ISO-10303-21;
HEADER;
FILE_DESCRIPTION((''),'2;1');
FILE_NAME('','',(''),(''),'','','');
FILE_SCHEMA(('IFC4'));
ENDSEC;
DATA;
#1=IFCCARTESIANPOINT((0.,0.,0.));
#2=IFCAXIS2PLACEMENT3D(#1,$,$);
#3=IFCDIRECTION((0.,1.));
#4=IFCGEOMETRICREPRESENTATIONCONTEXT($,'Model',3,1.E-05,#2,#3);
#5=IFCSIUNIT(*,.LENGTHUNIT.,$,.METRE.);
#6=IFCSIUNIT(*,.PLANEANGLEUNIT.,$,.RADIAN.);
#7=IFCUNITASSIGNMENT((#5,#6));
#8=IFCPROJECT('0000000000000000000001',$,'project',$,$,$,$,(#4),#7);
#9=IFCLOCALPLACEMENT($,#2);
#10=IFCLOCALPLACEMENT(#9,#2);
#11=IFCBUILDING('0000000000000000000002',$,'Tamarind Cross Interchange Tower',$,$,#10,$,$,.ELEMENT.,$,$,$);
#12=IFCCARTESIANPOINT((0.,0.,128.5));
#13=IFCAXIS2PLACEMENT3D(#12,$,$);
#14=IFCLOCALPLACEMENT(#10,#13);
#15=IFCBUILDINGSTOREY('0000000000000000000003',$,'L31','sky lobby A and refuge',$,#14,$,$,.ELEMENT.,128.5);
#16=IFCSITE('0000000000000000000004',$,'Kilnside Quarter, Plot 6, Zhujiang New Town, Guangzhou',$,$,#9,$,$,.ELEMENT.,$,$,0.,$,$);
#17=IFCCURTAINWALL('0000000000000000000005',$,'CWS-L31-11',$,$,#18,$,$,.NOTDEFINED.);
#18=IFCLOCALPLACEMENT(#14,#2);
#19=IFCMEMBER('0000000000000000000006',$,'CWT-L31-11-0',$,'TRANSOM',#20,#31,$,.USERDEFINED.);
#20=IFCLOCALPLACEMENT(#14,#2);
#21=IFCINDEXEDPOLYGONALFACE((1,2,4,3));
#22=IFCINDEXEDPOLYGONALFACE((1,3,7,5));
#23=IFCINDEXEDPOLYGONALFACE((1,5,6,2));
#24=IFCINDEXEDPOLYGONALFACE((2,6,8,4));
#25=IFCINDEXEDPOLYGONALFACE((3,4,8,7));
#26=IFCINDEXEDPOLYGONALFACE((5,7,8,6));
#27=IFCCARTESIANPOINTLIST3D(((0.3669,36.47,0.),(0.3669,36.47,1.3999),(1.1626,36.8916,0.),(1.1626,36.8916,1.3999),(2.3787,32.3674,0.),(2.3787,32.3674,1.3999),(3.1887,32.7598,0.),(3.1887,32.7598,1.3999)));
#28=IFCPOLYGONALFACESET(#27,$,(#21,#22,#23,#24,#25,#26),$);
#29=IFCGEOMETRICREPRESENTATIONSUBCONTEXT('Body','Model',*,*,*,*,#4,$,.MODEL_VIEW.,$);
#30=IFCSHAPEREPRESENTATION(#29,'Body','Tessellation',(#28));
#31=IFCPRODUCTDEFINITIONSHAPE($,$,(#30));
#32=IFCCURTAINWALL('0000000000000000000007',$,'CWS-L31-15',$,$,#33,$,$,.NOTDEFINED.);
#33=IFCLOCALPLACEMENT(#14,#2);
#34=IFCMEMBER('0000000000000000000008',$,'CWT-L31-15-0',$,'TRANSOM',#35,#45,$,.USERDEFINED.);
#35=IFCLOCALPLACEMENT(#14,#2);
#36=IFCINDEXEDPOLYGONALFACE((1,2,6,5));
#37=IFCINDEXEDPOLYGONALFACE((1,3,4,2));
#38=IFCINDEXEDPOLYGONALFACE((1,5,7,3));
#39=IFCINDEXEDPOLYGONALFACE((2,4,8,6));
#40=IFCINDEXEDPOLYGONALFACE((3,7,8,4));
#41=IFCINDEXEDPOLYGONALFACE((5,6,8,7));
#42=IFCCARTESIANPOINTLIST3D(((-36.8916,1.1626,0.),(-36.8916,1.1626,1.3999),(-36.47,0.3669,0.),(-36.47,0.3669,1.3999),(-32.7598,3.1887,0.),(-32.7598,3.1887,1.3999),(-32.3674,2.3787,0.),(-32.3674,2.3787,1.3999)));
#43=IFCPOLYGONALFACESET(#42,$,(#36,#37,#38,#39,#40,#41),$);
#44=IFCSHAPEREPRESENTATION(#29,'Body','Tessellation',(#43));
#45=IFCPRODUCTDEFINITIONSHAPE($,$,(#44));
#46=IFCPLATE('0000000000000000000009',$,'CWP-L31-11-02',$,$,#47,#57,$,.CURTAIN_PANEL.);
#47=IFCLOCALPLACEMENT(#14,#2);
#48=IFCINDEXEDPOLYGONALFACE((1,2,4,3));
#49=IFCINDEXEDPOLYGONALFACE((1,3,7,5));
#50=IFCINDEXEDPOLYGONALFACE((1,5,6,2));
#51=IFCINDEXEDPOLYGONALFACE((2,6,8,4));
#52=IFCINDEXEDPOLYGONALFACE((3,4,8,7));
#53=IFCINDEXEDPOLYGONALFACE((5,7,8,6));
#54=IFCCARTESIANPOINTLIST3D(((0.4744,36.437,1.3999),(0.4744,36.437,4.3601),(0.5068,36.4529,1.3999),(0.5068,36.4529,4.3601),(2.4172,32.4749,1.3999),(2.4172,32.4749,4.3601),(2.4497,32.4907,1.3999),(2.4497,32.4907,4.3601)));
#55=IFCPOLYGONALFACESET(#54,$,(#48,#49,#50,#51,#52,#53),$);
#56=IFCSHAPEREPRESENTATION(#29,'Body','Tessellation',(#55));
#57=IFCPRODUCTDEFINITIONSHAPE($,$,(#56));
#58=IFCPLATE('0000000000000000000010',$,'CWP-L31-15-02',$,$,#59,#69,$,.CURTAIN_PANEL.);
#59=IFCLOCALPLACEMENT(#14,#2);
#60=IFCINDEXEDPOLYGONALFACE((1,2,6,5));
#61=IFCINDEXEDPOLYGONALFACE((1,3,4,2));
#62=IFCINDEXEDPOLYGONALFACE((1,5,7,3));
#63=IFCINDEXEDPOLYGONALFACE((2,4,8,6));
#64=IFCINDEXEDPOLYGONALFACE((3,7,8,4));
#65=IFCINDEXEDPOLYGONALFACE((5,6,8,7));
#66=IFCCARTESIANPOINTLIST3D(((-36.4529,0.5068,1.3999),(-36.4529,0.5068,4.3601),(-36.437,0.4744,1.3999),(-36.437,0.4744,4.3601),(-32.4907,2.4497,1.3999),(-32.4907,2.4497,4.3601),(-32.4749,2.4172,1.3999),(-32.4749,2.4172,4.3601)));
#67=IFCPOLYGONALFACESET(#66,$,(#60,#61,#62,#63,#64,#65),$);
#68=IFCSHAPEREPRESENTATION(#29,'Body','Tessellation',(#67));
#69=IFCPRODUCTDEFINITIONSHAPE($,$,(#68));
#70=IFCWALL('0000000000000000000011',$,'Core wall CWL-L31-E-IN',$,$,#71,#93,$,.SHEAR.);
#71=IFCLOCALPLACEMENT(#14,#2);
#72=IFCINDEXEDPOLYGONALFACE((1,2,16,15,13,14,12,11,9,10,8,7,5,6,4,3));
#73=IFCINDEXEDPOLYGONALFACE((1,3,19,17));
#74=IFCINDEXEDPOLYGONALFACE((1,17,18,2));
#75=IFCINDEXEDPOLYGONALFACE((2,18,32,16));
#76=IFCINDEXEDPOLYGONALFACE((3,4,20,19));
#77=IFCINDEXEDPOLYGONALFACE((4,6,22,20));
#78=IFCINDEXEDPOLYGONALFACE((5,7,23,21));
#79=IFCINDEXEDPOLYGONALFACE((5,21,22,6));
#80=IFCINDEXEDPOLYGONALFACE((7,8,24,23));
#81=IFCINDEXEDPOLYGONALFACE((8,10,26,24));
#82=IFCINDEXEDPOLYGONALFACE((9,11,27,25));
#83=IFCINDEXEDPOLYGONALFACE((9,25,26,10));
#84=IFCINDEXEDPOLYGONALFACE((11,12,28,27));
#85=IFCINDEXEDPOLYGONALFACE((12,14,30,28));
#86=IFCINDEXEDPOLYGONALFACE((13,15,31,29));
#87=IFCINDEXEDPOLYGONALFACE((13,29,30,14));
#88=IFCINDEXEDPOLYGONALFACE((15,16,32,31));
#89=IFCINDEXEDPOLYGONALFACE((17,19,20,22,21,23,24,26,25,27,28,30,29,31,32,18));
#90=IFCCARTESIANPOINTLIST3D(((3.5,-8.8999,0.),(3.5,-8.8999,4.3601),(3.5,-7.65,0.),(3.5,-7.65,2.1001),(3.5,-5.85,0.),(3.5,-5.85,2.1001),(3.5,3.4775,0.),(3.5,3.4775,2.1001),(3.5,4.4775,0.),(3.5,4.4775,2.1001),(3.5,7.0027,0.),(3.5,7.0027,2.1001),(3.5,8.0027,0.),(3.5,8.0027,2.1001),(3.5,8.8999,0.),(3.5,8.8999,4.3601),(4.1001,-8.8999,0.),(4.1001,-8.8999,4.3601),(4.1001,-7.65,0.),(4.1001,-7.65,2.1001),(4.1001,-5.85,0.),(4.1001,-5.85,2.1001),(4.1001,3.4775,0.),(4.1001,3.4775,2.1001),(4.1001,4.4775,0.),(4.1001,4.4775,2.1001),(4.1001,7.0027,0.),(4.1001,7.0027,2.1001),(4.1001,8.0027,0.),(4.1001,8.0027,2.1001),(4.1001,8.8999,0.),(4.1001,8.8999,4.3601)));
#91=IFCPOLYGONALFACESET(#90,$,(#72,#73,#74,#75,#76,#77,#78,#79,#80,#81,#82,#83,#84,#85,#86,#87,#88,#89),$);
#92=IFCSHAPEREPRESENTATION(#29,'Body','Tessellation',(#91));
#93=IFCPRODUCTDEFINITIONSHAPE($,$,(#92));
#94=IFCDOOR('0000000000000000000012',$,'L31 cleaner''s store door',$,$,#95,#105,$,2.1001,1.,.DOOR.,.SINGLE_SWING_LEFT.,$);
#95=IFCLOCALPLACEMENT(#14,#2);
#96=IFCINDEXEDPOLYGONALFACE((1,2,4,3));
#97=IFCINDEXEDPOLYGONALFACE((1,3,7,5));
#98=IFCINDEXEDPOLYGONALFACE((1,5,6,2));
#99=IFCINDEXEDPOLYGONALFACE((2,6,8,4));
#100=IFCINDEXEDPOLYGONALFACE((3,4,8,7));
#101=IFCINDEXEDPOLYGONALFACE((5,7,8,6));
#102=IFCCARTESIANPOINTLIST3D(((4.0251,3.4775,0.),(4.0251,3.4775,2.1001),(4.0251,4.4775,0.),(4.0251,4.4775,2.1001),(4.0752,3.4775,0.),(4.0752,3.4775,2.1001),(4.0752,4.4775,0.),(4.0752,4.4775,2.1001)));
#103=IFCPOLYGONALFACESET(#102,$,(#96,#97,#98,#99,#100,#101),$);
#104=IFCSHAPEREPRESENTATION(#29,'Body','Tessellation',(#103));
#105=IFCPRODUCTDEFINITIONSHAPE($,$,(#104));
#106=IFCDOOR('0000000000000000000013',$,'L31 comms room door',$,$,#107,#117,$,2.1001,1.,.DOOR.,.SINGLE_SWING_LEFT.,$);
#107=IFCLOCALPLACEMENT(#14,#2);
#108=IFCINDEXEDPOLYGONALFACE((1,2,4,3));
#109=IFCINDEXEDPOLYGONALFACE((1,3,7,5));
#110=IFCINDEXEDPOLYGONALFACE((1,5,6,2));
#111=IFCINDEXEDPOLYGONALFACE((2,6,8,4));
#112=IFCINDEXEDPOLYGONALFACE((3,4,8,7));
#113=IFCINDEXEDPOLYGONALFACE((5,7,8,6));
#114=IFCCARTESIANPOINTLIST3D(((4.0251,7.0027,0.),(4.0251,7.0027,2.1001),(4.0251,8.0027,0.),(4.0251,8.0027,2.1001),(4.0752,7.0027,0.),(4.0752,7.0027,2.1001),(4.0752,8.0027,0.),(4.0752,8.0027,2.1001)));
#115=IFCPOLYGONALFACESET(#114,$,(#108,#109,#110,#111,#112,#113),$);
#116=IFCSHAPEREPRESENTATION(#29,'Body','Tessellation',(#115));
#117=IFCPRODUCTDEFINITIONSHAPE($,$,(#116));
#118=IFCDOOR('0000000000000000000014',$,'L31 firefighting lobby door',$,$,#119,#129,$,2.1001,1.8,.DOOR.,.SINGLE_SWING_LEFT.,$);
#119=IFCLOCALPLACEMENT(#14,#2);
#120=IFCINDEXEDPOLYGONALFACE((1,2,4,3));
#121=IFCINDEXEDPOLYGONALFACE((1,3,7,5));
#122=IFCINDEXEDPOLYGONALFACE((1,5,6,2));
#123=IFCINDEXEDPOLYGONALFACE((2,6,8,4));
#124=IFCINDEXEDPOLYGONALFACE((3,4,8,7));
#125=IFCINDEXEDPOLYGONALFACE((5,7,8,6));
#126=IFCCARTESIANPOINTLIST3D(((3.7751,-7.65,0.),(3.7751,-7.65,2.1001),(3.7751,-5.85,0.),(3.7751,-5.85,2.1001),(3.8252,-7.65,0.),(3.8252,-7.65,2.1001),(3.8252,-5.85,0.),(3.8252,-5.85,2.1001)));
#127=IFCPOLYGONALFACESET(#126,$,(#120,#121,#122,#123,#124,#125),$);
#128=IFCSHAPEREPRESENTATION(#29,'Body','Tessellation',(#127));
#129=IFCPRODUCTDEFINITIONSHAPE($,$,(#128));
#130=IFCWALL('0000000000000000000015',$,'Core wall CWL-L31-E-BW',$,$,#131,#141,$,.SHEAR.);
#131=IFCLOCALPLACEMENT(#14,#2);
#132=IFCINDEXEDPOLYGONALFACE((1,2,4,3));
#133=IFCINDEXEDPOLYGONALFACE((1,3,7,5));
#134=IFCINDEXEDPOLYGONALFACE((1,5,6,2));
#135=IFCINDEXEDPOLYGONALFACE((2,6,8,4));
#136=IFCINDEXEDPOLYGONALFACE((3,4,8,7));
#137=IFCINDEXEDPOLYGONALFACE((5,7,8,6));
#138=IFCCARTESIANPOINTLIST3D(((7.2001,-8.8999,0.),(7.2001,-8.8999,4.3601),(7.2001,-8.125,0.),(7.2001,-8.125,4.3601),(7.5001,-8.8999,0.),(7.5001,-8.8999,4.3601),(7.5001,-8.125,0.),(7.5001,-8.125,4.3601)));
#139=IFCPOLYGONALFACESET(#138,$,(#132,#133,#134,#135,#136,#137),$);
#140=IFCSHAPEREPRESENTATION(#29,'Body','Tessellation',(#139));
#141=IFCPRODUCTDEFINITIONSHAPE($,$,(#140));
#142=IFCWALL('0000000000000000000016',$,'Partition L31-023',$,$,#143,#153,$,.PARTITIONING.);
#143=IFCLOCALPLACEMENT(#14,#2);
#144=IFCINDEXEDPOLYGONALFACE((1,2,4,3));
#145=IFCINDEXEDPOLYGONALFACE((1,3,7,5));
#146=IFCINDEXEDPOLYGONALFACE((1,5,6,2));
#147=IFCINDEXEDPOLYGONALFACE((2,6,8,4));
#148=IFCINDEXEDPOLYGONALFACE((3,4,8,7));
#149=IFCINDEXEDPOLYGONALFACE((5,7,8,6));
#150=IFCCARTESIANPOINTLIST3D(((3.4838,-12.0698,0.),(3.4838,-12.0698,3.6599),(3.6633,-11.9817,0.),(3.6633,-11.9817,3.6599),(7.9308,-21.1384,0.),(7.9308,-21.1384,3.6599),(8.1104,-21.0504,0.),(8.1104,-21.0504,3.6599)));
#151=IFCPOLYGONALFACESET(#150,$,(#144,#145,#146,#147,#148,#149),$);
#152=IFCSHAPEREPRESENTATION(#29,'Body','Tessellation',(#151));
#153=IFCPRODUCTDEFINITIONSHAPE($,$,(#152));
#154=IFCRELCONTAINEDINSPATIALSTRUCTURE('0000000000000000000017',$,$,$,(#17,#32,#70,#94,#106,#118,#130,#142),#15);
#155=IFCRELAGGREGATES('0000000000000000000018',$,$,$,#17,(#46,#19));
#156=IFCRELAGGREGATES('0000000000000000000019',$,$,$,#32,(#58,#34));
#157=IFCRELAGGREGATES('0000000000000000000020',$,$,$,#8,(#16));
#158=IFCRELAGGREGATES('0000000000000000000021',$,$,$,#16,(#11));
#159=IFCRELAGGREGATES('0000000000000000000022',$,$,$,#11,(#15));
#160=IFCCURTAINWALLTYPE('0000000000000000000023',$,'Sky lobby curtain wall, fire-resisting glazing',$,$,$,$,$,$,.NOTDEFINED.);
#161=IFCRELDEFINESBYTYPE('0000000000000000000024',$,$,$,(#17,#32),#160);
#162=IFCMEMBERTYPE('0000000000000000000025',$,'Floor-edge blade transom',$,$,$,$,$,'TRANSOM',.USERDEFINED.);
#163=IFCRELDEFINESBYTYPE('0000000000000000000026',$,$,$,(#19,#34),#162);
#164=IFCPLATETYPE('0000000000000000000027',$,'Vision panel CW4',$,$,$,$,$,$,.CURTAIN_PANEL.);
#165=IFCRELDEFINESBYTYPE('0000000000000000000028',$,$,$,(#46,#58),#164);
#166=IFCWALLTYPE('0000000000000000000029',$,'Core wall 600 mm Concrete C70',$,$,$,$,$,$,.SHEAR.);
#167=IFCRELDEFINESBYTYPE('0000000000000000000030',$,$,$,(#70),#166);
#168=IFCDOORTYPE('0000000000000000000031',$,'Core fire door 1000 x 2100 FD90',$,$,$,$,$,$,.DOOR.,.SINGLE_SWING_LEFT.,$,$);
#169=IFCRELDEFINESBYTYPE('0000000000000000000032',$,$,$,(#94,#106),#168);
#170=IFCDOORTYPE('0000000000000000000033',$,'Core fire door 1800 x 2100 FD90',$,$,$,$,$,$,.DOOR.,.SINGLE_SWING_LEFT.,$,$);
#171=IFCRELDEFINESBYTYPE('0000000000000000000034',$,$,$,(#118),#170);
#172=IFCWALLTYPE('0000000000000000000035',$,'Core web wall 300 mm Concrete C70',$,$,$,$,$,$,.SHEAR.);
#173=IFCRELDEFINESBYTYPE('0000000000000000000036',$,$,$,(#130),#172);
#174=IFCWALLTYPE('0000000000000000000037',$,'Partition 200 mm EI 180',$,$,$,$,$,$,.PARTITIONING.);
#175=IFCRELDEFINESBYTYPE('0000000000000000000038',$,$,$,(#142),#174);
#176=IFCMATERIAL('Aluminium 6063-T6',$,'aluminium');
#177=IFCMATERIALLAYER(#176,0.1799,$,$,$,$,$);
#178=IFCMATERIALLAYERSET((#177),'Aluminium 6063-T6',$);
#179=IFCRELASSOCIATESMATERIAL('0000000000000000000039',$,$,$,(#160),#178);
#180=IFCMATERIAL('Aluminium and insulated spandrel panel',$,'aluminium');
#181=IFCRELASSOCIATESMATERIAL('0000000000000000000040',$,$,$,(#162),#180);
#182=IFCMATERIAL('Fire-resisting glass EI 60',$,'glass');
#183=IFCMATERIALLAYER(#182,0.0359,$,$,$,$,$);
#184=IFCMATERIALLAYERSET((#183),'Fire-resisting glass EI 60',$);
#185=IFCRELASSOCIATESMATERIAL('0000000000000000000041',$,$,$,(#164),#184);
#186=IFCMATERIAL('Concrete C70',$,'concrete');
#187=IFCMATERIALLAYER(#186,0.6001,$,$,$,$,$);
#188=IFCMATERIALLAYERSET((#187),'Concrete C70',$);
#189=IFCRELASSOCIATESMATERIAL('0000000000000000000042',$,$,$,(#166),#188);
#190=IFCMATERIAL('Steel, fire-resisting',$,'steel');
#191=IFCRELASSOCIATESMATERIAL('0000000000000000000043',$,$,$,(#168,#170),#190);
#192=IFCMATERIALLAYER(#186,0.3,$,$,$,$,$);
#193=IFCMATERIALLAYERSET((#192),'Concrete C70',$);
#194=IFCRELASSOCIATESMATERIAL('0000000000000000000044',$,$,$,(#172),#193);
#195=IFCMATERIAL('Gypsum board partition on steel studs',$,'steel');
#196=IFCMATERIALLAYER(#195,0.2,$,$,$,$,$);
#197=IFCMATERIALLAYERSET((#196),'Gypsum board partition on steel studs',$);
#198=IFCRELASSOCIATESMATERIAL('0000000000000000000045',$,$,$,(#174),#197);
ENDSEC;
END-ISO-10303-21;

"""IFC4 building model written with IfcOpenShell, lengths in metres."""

from ifc_helpers import new_model, si_unit, direction, frame, frame_2d, origin, place, context, subcontext, project, spatial, polyline, rectangle, outline, extrude, material, layer, layer_set, type_object, element, fill, aggregate, save


model = new_model("IFC4")

# Units and contexts
model_context = context("Model", 3, precision=1e-05, world=origin(), true_north=direction((0.0, 1.0)))
body_context = subcontext(model_context, "Body", "Model", "MODEL_VIEW")
ifc_project = project(units=[si_unit("LENGTHUNIT", "METRE"), si_unit("PLANEANGLEUNIT", "RADIAN")], contexts=[model_context])

# Site, building, storey
site_placement = place(None, origin())
site = spatial("IfcSite", under=ifc_project, at=site_placement, Name="Kilnside Quarter, Plot 6, Zhujiang New Town, Guangzhou", CompositionType="ELEMENT", RefElevation=0.0)
building_placement = place(site_placement, origin())
building = spatial("IfcBuilding", under=site, at=building_placement, Name="Tamarind Cross Interchange Tower", CompositionType="ELEMENT")
storey_placement = place(building_placement, frame((0.0, 0.0, 128.5)))
storey = spatial("IfcBuildingStorey", under=building, at=storey_placement, Name="L31", Description="sky lobby A and refuge", CompositionType="ELEMENT", Elevation=128.5)

# Curtain walls, members
ifc_material_1 = material(Name="Aluminium 6063-T6", Category="aluminium")
ifc_layer_1 = layer(ifc_material_1, 0.1799)
ifc_layer_set_1 = layer_set([ifc_layer_1], Name="Aluminium 6063-T6")
curtain_wall_type = type_object("IfcCurtainWallType", Name="Sky lobby curtain wall, fire-resisting glazing", PredefinedType="NOTDEFINED", material=ifc_layer_set_1)
curtain_wall_1_placement = place(storey_placement, origin())
curtain_wall_1 = element("IfcCurtainWall", 1, at=curtain_wall_1_placement, inside=storey, type_object=curtain_wall_type, Name="CWS-L31-11", PredefinedType="NOTDEFINED")
ifc_material_2 = material(Name="Aluminium and insulated spandrel panel", Category="aluminium")
member_type = type_object("IfcMemberType", Name="Floor-edge blade transom", ElementType="TRANSOM", PredefinedType="USERDEFINED", material=ifc_material_2)
member_1_placement = place(storey_placement, origin())
member_1 = element("IfcMember", 2, at=member_1_placement, type_object=member_type, Name="CWT-L31-11-0", ObjectType="TRANSOM", PredefinedType="USERDEFINED", context=body_context, shape_type="SweptSolid", body=[
    extrude(outline(polyline([(2.3787, 32.3674), (0.3669, 36.47), (1.1626, 36.8916), (3.1887, 32.7598), (2.3787, 32.3674)])), origin(), (0.0, 0.0, 1.0), 1.3999),
])
curtain_wall_2_placement = place(storey_placement, origin())
curtain_wall_2 = element("IfcCurtainWall", 3, at=curtain_wall_2_placement, inside=storey, type_object=curtain_wall_type, Name="CWS-L31-15", PredefinedType="NOTDEFINED")
member_2_placement = place(storey_placement, origin())
member_2 = element("IfcMember", 4, at=member_2_placement, type_object=member_type, Name="CWT-L31-15-0", ObjectType="TRANSOM", PredefinedType="USERDEFINED", context=body_context, shape_type="SweptSolid", body=[
    extrude(outline(polyline([(-32.3674, 2.3787), (-36.47, 0.3669), (-36.8916, 1.1626), (-32.7598, 3.1887), (-32.3674, 2.3787)])), origin(), (0.0, 0.0, 1.0), 1.3999),
])

# Plates
ifc_material_3 = material(Name="Fire-resisting glass EI 60", Category="glass")
ifc_layer_2 = layer(ifc_material_3, 0.0359)
ifc_layer_set_2 = layer_set([ifc_layer_2], Name="Fire-resisting glass EI 60")
plate_type = type_object("IfcPlateType", Name="Vision panel CW4", PredefinedType="CURTAIN_PANEL", material=ifc_layer_set_2)
plate_1_placement = place(storey_placement, frame((0.0, 0.0, 1.3999)))
plate_1 = element("IfcPlate", 5, at=plate_1_placement, type_object=plate_type, Name="CWP-L31-11-02", PredefinedType="CURTAIN_PANEL", context=body_context, shape_type="SweptSolid", body=[
    extrude(outline(polyline([(2.4172, 32.4749), (0.4744, 36.437), (0.5068, 36.4529), (2.4497, 32.4907), (2.4172, 32.4749)])), origin(), (0.0, 0.0, 1.0), 2.9602),
])
aggregate(curtain_wall_1, [plate_1, member_1])
plate_2_placement = place(storey_placement, frame((0.0, 0.0, 1.3999)))
plate_2 = element("IfcPlate", 6, at=plate_2_placement, type_object=plate_type, Name="CWP-L31-15-02", PredefinedType="CURTAIN_PANEL", context=body_context, shape_type="SweptSolid", body=[
    extrude(outline(polyline([(-32.4749, 2.4172), (-36.437, 0.4744), (-36.4529, 0.5068), (-32.4907, 2.4497), (-32.4749, 2.4172)])), origin(), (0.0, 0.0, 1.0), 2.9602),
])
aggregate(curtain_wall_2, [plate_2, member_2])

# Wall, openings, doors
ifc_material_4 = material(Name="Concrete C70", Category="concrete")
ifc_layer_3 = layer(ifc_material_4, 0.6001)
ifc_layer_set_3 = layer_set([ifc_layer_3], Name="Concrete C70")
wall_type_1 = type_object("IfcWallType", Name="Core wall 600 mm Concrete C70", PredefinedType="SHEAR", material=ifc_layer_set_3)
wall_1_placement = place(storey_placement, frame((3.8, -8.8999, 0.0), z_axis=(0.0, 0.0, 1.0), x_axis=(0.0, 1.0, 0.0)))
wall_1 = element("IfcWall", 7, at=wall_1_placement, inside=storey, type_object=wall_type_1, Name="Core wall CWL-L31-E-IN", PredefinedType="SHEAR", context=body_context, shape_type="SweptSolid", body=[
    extrude(rectangle(XDim=17.7998, YDim=0.6001, at=frame_2d((8.8999, 0.0))), origin(), (0.0, 0.0, 1.0), 4.3601),
])
opening_1_placement = place(wall_1_placement, frame((1.25, 0.0, 0.0)))
opening_1 = element("IfcOpeningElement", 8, at=opening_1_placement, cuts=wall_1, PredefinedType="OPENING", context=body_context, shape_type="SweptSolid", body=[
    extrude(rectangle(XDim=1.8, YDim=2.1001, at=frame_2d((0.8999, 1.05))), frame((0.0, 0.3101, 0.0), z_axis=(0.0, -1.0, 0.0), x_axis=(1.0, 0.0, 0.0)), (0.0, 0.0, 1.0), 0.6201),
])
opening_2_placement = place(wall_1_placement, frame((12.3774, 0.0, 0.0)))
opening_2 = element("IfcOpeningElement", 9, at=opening_2_placement, cuts=wall_1, PredefinedType="OPENING", context=body_context, shape_type="SweptSolid", body=[
    extrude(rectangle(XDim=1.0, YDim=2.1001, at=frame_2d((0.5, 1.05))), frame((0.0, 0.3101, 0.0), z_axis=(0.0, -1.0, 0.0), x_axis=(1.0, 0.0, 0.0)), (0.0, 0.0, 1.0), 0.6201),
])
opening_3_placement = place(wall_1_placement, frame((15.9026, 0.0, 0.0)))
opening_3 = element("IfcOpeningElement", 10, at=opening_3_placement, cuts=wall_1, PredefinedType="OPENING", context=body_context, shape_type="SweptSolid", body=[
    extrude(rectangle(XDim=1.0, YDim=2.1001, at=frame_2d((0.5, 1.05))), frame((0.0, 0.3101, 0.0), z_axis=(0.0, -1.0, 0.0), x_axis=(1.0, 0.0, 0.0)), (0.0, 0.0, 1.0), 0.6201),
])
ifc_material_5 = material(Name="Steel, fire-resisting", Category="steel")
door_type_1 = type_object("IfcDoorType", Name="Core fire door 1000 x 2100 FD90", OperationType="SINGLE_SWING_LEFT", PredefinedType="DOOR", material=ifc_material_5)
door_1_placement = place(opening_2_placement, origin())
door_1 = element("IfcDoor", 11, at=door_1_placement, inside=storey, type_object=door_type_1, Name="L31 cleaner's store door", OperationType="SINGLE_SWING_LEFT", OverallHeight=2.1001, OverallWidth=1.0, PredefinedType="DOOR", context=body_context, shape_type="SweptSolid", body=[
    extrude(rectangle(XDim=1.0, YDim=2.1001, at=frame_2d((0.5, 1.05))), frame((0.0, -0.2251, 0.0), z_axis=(0.0, -1.0, 0.0), x_axis=(1.0, 0.0, 0.0)), (0.0, 0.0, 1.0), 0.05),
])
fill(opening_2, door_1)
door_2_placement = place(opening_3_placement, origin())
door_2 = element("IfcDoor", 12, at=door_2_placement, inside=storey, type_object=door_type_1, Name="L31 comms room door", OperationType="SINGLE_SWING_LEFT", OverallHeight=2.1001, OverallWidth=1.0, PredefinedType="DOOR", context=body_context, shape_type="SweptSolid", body=[
    extrude(rectangle(XDim=1.0, YDim=2.1001, at=frame_2d((0.5, 1.05))), frame((0.0, -0.2251, 0.0), z_axis=(0.0, -1.0, 0.0), x_axis=(1.0, 0.0, 0.0)), (0.0, 0.0, 1.0), 0.05),
])
fill(opening_3, door_2)
door_type_2 = type_object("IfcDoorType", Name="Core fire door 1800 x 2100 FD90", OperationType="SINGLE_SWING_LEFT", PredefinedType="DOOR", material=ifc_material_5)
door_3_placement = place(opening_1_placement, origin())
door_3 = element("IfcDoor", 13, at=door_3_placement, inside=storey, type_object=door_type_2, Name="L31 firefighting lobby door", OperationType="SINGLE_SWING_LEFT", OverallHeight=2.1001, OverallWidth=1.8, PredefinedType="DOOR", context=body_context, shape_type="SweptSolid", body=[
    extrude(rectangle(XDim=1.8, YDim=2.1001, at=frame_2d((0.8999, 1.05))), frame((0.0, 0.0249, 0.0), z_axis=(0.0, -1.0, 0.0), x_axis=(1.0, 0.0, 0.0)), (0.0, 0.0, 1.0), 0.05),
])
fill(opening_1, door_3)

# Walls
ifc_layer_4 = layer(ifc_material_4, 0.3)
ifc_layer_set_4 = layer_set([ifc_layer_4], Name="Concrete C70")
wall_type_2 = type_object("IfcWallType", Name="Core web wall 300 mm Concrete C70", PredefinedType="SHEAR", material=ifc_layer_set_4)
wall_2_placement = place(storey_placement, frame((7.3501, -8.8999, 0.0), z_axis=(0.0, 0.0, 1.0), x_axis=(0.0, 1.0, 0.0)))
element("IfcWall", 14, at=wall_2_placement, inside=storey, type_object=wall_type_2, Name="Core wall CWL-L31-E-BW", PredefinedType="SHEAR", context=body_context, shape_type="SweptSolid", body=[
    extrude(rectangle(XDim=0.7749, YDim=0.3, at=frame_2d((0.3875, 0.0))), origin(), (0.0, 0.0, 1.0), 4.3601),
])
ifc_material_6 = material(Name="Gypsum board partition on steel studs", Category="steel")
ifc_layer_5 = layer(ifc_material_6, 0.2)
ifc_layer_set_5 = layer_set([ifc_layer_5], Name="Gypsum board partition on steel studs")
wall_type_3 = type_object("IfcWallType", Name="Partition 200 mm EI 180", PredefinedType="PARTITIONING", material=ifc_layer_set_5)
wall_3_placement = place(storey_placement, frame((3.5735, -12.0256, 0.0), z_axis=(0.0, 0.0, 1.0), x_axis=(0.440287, -0.897857, 0.0)))
element("IfcWall", 15, at=wall_3_placement, inside=storey, type_object=wall_type_3, Name="Partition L31-023", PredefinedType="PARTITIONING", context=body_context, shape_type="SweptSolid", body=[
    extrude(rectangle(XDim=10.1003, YDim=0.2, at=frame_2d((5.0503, 0.0))), origin(), (0.0, 0.0, 1.0), 3.6599),
])

save(model, "model.ifc")
